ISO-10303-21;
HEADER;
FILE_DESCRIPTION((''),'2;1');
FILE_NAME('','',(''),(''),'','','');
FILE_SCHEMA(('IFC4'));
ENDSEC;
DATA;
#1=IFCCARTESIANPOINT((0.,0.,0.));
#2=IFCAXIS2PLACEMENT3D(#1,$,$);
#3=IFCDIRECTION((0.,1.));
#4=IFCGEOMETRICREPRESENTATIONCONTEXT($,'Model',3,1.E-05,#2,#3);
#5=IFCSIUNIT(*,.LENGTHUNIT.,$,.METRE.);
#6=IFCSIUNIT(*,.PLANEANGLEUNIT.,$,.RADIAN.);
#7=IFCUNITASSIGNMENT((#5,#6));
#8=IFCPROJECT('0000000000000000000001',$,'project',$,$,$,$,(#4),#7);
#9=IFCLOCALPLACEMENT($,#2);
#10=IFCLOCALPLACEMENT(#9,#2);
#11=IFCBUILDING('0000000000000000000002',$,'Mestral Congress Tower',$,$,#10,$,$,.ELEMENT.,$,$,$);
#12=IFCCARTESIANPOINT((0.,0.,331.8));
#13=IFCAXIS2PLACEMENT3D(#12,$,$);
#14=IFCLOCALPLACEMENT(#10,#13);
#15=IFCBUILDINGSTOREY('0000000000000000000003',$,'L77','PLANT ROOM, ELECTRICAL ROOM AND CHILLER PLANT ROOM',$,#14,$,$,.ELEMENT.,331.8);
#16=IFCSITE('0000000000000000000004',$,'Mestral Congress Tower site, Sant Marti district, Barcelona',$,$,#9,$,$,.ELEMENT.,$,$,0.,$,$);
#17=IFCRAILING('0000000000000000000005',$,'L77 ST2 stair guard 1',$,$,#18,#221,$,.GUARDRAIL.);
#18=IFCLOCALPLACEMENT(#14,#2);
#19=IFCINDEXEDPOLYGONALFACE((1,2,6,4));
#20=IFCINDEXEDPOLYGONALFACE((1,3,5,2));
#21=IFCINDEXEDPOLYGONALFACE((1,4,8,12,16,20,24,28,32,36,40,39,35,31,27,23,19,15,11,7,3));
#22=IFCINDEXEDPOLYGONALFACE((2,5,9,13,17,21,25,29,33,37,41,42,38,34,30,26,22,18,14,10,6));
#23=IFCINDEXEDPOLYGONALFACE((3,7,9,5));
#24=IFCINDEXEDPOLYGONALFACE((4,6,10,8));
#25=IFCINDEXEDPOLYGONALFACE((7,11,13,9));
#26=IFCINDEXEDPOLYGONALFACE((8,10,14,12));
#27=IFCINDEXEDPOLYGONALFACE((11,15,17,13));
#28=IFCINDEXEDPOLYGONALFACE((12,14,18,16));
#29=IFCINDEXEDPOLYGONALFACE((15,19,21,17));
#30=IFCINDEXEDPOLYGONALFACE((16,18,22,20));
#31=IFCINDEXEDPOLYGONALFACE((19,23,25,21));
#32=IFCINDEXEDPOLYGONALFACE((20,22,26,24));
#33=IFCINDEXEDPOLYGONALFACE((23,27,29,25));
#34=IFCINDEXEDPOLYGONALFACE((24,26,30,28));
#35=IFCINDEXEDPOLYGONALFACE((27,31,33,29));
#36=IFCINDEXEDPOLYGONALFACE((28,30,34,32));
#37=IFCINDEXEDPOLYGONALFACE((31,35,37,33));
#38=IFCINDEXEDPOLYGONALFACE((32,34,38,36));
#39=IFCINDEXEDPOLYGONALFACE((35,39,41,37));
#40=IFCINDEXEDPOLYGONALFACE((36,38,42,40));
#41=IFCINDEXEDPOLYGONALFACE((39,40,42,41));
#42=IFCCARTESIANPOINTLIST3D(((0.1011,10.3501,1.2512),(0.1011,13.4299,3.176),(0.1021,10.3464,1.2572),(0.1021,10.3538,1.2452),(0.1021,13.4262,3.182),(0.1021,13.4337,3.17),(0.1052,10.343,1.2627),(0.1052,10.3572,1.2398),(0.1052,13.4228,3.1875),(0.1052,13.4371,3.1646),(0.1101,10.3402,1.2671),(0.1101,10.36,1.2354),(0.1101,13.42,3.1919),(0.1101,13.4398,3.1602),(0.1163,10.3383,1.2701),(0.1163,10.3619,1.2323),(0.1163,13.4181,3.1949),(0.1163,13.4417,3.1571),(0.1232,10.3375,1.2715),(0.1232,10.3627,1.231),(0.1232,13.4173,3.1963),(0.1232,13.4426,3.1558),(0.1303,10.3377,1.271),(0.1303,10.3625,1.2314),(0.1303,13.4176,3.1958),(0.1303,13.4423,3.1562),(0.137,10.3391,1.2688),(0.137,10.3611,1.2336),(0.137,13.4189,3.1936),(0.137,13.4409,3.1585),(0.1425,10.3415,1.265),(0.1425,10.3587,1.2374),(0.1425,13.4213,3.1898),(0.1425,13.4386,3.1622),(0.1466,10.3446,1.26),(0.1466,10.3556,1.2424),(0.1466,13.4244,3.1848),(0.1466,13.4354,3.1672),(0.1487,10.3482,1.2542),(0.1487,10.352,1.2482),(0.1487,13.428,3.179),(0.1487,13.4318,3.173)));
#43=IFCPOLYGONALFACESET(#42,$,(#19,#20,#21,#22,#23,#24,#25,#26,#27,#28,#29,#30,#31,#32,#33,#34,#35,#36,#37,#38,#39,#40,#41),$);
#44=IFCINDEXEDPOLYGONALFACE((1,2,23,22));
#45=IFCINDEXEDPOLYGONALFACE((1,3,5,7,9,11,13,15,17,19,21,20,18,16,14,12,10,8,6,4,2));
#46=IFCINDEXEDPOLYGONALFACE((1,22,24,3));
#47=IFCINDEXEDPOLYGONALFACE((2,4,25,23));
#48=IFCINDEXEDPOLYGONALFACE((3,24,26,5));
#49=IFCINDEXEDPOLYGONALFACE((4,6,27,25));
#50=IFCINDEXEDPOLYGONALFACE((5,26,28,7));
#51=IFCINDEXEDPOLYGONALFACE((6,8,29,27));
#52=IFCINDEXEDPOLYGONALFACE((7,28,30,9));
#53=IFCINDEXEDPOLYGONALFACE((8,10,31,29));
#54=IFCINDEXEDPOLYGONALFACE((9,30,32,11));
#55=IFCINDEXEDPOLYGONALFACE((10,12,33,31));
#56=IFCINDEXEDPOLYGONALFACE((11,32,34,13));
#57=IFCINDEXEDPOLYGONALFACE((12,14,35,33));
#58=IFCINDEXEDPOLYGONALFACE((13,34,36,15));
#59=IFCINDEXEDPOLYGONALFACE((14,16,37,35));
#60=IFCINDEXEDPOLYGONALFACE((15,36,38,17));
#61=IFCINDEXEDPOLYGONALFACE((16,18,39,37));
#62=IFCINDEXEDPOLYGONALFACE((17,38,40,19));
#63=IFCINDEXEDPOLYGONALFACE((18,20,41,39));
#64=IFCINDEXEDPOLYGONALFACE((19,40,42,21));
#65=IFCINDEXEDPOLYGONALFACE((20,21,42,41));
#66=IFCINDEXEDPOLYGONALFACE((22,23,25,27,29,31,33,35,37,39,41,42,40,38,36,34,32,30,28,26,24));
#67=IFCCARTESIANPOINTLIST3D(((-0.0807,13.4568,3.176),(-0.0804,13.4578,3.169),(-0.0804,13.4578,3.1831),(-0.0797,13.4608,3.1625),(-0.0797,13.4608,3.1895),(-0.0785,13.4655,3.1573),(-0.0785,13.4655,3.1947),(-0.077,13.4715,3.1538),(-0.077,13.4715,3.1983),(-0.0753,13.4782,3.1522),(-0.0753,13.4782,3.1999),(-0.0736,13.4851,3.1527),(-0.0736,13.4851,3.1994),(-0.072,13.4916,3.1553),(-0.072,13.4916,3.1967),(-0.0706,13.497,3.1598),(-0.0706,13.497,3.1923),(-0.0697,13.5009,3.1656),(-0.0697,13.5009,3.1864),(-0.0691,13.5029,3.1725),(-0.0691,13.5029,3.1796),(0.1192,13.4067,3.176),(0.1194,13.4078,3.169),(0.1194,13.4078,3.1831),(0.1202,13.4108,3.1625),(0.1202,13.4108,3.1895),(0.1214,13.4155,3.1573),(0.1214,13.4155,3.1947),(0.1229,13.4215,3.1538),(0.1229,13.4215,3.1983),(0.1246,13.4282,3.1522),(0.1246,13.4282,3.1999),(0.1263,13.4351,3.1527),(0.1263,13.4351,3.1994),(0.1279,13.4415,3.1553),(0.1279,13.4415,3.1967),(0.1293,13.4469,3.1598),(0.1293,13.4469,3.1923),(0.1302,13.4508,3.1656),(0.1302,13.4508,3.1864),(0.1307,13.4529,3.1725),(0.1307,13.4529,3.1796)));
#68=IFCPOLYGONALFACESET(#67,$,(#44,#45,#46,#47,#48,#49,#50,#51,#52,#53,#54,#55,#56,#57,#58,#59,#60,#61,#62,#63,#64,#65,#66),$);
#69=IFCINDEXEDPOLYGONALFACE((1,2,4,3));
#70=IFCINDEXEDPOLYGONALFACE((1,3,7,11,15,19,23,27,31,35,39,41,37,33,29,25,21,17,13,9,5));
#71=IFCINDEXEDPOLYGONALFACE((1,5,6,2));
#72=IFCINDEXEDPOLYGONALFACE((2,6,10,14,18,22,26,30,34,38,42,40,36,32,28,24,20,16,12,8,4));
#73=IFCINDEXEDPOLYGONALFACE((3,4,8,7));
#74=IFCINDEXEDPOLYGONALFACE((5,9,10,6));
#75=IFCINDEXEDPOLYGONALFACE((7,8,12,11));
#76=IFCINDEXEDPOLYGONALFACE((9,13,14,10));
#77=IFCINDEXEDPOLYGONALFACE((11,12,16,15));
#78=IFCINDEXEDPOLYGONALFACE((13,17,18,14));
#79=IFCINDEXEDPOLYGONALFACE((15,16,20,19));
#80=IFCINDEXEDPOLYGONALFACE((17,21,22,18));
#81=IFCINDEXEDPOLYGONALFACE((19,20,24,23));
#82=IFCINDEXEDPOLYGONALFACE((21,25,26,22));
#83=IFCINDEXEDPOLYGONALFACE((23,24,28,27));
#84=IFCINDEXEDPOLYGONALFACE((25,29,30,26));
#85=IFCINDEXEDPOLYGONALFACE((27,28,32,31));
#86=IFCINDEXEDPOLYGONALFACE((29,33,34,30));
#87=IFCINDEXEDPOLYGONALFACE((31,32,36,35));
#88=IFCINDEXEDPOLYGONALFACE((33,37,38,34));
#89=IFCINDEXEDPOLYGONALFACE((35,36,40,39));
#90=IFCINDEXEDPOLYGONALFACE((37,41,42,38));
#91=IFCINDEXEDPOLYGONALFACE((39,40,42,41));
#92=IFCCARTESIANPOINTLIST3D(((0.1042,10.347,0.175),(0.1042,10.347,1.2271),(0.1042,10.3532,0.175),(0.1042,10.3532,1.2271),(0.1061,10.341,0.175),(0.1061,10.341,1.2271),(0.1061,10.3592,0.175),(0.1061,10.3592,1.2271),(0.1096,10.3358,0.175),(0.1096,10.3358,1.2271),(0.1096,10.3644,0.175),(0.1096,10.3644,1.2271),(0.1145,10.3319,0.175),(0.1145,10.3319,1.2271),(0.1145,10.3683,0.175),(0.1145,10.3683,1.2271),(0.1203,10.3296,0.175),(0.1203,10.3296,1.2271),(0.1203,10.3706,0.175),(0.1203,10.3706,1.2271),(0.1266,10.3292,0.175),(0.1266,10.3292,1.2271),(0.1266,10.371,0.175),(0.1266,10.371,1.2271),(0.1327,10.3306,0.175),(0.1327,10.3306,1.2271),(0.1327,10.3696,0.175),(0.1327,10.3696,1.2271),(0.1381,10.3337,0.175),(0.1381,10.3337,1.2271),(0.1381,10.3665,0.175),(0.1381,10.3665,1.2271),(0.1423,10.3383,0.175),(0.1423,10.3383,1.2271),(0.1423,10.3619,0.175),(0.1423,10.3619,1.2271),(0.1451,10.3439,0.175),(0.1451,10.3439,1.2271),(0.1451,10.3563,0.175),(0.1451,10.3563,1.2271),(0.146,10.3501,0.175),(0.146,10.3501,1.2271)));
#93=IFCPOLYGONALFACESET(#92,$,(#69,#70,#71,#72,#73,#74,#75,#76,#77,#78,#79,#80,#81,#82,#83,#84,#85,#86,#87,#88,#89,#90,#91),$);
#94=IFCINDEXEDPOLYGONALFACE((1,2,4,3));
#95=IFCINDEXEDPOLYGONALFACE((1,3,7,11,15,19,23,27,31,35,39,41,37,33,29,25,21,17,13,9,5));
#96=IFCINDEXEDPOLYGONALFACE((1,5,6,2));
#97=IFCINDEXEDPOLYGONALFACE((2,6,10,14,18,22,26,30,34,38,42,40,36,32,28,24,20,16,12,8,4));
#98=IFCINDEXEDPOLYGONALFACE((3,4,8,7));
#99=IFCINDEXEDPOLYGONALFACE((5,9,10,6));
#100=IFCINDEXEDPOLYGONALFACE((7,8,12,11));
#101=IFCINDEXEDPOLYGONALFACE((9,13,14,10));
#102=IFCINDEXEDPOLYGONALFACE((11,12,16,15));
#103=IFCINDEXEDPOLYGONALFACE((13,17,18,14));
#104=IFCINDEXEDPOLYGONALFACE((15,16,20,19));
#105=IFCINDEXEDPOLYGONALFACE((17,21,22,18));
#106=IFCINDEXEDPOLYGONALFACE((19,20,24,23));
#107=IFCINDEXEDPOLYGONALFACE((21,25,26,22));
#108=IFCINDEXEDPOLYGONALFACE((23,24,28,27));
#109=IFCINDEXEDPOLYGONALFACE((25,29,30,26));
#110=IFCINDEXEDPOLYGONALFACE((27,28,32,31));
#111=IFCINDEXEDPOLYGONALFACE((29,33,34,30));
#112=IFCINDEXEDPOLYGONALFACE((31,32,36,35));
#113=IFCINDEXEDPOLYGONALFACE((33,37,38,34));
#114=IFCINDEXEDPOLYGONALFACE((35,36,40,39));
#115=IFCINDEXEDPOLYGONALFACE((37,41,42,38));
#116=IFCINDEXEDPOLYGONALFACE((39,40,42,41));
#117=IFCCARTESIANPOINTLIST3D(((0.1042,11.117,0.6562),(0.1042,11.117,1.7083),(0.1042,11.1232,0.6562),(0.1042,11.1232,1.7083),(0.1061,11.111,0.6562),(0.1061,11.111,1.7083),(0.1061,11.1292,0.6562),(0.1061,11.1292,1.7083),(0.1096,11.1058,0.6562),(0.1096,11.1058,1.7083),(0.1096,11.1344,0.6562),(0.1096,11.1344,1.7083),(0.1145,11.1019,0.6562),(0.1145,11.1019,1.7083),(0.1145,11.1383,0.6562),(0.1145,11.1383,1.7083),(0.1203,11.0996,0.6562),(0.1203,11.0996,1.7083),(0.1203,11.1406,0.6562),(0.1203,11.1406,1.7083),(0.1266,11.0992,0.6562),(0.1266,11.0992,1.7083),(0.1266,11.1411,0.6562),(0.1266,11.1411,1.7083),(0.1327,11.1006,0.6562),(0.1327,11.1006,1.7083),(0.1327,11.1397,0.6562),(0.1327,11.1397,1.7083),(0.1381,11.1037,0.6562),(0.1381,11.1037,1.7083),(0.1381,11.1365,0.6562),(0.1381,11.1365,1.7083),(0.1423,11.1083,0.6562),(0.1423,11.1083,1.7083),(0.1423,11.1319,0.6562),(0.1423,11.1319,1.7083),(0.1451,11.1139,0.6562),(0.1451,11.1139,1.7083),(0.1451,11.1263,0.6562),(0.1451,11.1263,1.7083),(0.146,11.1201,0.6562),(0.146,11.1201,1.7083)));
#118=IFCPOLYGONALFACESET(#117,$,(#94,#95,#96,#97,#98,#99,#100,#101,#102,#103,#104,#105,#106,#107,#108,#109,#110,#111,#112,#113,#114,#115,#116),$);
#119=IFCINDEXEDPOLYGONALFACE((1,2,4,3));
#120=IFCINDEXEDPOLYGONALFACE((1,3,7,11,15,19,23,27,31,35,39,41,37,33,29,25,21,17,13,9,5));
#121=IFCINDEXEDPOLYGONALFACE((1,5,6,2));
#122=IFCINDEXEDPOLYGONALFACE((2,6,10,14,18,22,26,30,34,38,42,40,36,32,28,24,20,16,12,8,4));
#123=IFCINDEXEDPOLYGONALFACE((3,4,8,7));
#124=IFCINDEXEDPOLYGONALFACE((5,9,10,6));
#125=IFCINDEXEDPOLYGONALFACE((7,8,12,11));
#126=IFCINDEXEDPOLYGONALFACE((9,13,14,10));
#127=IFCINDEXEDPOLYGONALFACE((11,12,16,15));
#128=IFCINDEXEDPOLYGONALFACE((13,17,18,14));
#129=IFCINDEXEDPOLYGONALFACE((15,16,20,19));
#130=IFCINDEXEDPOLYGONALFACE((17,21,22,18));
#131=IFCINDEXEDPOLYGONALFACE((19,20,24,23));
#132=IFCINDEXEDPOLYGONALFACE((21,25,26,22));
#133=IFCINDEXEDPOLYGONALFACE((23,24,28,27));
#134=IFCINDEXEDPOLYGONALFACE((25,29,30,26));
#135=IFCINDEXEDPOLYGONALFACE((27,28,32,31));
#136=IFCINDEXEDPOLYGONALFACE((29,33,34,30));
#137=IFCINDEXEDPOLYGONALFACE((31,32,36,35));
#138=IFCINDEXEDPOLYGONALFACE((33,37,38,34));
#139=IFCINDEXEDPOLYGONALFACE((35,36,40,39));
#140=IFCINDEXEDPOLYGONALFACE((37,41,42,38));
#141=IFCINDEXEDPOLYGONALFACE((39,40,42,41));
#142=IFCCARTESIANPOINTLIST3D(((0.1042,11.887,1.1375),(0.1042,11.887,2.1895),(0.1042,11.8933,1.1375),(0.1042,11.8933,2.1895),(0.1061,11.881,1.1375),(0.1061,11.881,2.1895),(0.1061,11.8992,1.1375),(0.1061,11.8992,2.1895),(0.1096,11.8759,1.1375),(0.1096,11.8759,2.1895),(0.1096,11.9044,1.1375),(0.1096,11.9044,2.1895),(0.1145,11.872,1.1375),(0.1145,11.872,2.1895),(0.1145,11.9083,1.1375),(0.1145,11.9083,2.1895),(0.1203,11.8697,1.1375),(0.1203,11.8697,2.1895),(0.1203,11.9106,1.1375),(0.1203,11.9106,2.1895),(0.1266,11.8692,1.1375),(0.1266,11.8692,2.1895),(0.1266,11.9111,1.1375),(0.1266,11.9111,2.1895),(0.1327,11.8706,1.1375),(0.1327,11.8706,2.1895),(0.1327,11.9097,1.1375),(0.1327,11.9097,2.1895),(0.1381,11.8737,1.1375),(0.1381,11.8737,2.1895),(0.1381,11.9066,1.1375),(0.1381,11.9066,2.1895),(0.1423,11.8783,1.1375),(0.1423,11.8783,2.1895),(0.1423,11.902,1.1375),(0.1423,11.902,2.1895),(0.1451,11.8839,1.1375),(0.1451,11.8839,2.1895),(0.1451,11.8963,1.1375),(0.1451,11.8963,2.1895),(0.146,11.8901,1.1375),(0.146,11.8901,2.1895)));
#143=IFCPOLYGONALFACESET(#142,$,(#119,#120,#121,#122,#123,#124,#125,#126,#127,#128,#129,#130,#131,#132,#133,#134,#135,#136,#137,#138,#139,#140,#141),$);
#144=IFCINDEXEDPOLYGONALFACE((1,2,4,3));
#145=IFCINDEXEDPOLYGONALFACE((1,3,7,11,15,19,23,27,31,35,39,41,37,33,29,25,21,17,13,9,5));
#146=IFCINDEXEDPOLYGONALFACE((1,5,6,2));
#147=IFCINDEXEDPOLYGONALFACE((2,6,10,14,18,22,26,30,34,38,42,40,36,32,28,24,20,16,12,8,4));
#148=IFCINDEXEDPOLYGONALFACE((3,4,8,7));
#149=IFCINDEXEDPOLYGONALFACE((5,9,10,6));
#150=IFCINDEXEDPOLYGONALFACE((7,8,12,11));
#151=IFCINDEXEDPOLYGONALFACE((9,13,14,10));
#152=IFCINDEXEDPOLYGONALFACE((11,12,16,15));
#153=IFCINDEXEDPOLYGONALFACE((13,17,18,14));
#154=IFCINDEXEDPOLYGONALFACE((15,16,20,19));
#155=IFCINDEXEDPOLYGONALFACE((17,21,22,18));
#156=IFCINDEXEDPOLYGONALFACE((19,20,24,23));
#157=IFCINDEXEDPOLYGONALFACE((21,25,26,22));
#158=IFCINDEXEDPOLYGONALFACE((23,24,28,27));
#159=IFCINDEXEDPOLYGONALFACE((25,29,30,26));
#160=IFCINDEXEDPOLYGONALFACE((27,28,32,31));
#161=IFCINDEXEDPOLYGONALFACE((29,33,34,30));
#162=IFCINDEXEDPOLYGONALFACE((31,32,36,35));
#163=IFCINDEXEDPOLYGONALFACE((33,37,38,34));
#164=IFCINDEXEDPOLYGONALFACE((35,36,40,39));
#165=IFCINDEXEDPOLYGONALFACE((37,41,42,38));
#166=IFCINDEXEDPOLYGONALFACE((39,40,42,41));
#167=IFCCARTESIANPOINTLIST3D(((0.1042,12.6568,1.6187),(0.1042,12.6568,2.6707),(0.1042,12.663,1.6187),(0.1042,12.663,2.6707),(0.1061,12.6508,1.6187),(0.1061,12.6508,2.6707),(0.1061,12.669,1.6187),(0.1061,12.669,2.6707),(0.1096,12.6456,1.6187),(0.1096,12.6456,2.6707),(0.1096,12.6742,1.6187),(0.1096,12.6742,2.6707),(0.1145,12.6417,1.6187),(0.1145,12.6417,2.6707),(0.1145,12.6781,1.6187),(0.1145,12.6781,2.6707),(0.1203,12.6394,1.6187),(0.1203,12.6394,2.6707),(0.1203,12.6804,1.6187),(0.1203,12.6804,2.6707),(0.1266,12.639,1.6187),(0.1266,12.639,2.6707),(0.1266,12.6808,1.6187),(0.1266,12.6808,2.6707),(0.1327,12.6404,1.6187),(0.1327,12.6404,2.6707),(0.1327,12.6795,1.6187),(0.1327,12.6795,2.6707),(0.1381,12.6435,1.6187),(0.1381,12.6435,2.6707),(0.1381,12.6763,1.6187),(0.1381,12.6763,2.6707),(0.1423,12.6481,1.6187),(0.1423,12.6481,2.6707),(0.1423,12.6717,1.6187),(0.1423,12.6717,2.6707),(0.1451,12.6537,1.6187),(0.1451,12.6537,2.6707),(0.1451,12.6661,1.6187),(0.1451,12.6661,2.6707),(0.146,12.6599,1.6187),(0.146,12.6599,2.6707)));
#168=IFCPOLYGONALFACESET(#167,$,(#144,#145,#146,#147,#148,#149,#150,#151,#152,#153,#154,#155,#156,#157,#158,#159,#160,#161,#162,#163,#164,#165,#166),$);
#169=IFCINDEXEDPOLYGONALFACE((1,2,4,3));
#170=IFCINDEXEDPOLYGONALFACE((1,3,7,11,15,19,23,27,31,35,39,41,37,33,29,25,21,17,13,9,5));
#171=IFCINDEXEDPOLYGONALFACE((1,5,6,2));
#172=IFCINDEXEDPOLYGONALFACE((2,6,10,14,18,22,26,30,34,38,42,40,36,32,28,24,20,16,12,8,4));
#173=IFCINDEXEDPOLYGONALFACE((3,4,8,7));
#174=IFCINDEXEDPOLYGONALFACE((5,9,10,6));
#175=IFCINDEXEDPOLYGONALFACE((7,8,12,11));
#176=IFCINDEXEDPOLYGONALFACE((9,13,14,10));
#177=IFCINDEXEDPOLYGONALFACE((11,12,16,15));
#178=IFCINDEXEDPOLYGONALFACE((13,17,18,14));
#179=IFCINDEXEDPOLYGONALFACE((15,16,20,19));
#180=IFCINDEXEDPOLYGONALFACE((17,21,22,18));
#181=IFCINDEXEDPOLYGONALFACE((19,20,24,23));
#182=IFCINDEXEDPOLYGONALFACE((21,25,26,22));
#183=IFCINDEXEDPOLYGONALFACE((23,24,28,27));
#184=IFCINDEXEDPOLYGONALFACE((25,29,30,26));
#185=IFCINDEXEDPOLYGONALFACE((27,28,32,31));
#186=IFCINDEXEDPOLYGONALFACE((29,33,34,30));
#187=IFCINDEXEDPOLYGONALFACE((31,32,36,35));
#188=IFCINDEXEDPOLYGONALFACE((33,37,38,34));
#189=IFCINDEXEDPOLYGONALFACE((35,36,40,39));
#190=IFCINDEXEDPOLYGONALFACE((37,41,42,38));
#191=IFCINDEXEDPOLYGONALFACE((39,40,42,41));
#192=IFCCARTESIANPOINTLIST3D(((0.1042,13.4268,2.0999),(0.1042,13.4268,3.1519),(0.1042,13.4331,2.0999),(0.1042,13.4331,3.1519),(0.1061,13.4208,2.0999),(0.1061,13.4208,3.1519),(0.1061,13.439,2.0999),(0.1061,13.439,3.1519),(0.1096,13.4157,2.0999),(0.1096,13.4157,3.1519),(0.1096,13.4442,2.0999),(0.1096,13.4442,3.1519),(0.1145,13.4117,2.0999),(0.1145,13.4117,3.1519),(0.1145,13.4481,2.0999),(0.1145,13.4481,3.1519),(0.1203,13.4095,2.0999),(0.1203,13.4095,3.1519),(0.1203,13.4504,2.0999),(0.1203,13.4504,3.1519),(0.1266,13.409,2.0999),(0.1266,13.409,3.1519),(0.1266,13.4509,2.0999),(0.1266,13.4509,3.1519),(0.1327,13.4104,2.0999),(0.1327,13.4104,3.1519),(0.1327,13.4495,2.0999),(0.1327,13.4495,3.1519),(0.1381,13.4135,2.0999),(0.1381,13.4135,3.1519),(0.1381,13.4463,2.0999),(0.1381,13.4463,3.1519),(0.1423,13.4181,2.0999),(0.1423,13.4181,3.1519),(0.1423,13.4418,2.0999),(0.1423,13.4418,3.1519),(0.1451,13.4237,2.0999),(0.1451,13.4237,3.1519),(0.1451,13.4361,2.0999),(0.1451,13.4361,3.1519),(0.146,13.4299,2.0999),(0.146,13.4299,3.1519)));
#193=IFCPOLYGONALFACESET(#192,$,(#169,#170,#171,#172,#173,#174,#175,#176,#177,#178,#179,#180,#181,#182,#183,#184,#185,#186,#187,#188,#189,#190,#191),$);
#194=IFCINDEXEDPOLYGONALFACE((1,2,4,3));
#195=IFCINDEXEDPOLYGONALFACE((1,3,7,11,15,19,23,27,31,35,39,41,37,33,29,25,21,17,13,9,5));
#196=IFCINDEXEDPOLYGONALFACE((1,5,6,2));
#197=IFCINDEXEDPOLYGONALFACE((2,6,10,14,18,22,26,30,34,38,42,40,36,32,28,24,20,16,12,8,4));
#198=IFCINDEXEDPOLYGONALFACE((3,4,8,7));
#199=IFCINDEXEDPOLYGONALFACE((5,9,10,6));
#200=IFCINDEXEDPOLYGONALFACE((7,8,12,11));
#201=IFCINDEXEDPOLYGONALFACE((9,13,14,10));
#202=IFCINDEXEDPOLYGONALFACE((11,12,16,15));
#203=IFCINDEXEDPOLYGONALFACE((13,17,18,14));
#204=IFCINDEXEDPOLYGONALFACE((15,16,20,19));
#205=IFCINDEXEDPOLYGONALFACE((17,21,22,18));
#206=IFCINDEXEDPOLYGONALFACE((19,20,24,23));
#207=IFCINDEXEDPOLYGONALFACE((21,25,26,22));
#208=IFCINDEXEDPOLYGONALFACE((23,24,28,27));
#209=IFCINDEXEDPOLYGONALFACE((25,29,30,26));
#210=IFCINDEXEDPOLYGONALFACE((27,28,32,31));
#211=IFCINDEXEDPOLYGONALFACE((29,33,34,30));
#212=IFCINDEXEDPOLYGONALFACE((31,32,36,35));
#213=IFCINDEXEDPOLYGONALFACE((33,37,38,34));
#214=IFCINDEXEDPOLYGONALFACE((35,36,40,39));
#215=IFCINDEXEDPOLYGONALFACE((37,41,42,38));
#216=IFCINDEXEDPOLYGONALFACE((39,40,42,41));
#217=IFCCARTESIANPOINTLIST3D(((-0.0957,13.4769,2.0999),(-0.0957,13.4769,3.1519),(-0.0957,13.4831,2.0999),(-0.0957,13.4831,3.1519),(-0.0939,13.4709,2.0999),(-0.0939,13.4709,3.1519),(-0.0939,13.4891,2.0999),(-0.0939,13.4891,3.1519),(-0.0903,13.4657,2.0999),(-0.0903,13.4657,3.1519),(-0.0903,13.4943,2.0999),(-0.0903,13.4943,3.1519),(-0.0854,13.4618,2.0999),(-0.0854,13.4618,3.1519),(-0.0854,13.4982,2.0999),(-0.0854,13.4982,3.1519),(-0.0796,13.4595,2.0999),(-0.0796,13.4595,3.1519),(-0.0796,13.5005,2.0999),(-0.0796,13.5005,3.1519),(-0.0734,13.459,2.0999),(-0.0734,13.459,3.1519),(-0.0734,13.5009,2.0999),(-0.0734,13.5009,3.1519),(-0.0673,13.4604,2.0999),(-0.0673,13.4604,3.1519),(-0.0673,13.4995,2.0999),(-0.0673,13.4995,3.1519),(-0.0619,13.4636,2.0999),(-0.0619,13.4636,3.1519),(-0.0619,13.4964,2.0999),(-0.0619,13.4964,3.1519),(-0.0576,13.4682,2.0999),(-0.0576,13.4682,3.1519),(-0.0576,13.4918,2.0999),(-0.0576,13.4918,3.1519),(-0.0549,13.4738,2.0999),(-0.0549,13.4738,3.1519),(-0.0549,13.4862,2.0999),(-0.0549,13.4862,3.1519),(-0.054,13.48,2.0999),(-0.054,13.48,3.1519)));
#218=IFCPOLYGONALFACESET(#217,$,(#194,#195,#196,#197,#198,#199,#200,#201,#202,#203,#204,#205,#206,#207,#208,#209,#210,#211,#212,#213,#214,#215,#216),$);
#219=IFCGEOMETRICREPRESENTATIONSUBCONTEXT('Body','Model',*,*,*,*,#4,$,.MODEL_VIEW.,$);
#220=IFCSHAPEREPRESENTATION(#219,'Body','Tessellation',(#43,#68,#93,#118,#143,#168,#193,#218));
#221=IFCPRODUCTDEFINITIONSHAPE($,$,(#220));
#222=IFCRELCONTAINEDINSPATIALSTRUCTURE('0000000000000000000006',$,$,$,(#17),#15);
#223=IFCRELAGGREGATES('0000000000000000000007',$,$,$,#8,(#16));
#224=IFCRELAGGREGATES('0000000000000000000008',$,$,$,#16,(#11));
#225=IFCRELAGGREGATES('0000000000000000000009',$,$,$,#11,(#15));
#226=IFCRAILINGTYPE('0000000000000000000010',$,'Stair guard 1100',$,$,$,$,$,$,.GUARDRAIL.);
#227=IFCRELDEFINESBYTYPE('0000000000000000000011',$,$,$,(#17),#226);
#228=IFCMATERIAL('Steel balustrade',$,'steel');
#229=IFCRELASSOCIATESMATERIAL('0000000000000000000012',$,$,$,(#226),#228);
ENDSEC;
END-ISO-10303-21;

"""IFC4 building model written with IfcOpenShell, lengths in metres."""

from ifc_helpers import new_model, si_unit, direction, frame, origin, origin_2d, place, context, subcontext, project, spatial, circle, extrude, material, type_object, element, save


model = new_model("IFC4")

# Units and contexts
model_context = context("Model", 3, precision=1e-05, world=origin(), true_north=direction((0.0, 1.0)))
body_context = subcontext(model_context, "Body", "Model", "MODEL_VIEW")
ifc_project = project(units=[si_unit("LENGTHUNIT", "METRE"), si_unit("PLANEANGLEUNIT", "RADIAN")], contexts=[model_context])

# Site, building, storey
site_placement = place(None, origin())
site = spatial("IfcSite", under=ifc_project, at=site_placement, Name="Mestral Congress Tower site, Sant Marti district, Barcelona", CompositionType="ELEMENT", RefElevation=0.0)
building_placement = place(site_placement, origin())
building = spatial("IfcBuilding", under=site, at=building_placement, Name="Mestral Congress Tower", CompositionType="ELEMENT")
storey_placement = place(building_placement, frame((0.0, 0.0, 331.8)))
storey = spatial("IfcBuildingStorey", under=building, at=storey_placement, Name="L77", Description="PLANT ROOM, ELECTRICAL ROOM AND CHILLER PLANT ROOM", CompositionType="ELEMENT", Elevation=331.8)

# Railing
ifc_material_1 = material(Name="Steel balustrade", Category="steel")
railing_type_1 = type_object("IfcRailingType", Name="Stair guard 1100", PredefinedType="GUARDRAIL", material=ifc_material_1)
railing_1_placement = place(storey_placement, frame((0.125, 10.3501, 0.175)))
element("IfcRailing", 1, at=railing_1_placement, inside=storey, type_object=railing_type_1, Name="L77 ST2 stair guard 1", PredefinedType="GUARDRAIL", context=body_context, shape_type="SweptSolid", body=[
    extrude(circle(Radius=0.0239, at=origin_2d()), frame((0.0, 0.0, 1.0762), z_axis=(0.0, 0.84801, 0.529981), x_axis=(-1.0, 0.0, 0.0)), (0.0, 0.0, 1.0), 3.6318),
    extrude(circle(Radius=0.0239, at=origin_2d()), frame((0.0, 3.0798, 3.001), z_axis=(-0.970073, 0.242814, 0.0), x_axis=(-0.242814, -0.970073, 0.0)), (0.0, 0.0, 1.0), 0.2061),
    extrude(circle(Radius=0.021, at=origin_2d()), origin(), (0.0, 0.0, 1.0), 1.052),
    extrude(circle(Radius=0.021, at=origin_2d()), frame((0.0, 0.77, 0.4812)), (0.0, 0.0, 1.0), 1.052),
    extrude(circle(Radius=0.021, at=origin_2d()), frame((0.0, 1.54, 0.9624)), (0.0, 0.0, 1.0), 1.052),
    extrude(circle(Radius=0.021, at=origin_2d()), frame((0.0, 2.3098, 1.4436)), (0.0, 0.0, 1.0), 1.052),
    extrude(circle(Radius=0.021, at=origin_2d()), frame((0.0, 3.0798, 1.9248)), (0.0, 0.0, 1.0), 1.052),
    extrude(circle(Radius=0.021, at=origin_2d()), frame((-0.2, 3.1299, 1.9248)), (0.0, 0.0, 1.0), 1.052),
])

save(model, "model.ifc")
